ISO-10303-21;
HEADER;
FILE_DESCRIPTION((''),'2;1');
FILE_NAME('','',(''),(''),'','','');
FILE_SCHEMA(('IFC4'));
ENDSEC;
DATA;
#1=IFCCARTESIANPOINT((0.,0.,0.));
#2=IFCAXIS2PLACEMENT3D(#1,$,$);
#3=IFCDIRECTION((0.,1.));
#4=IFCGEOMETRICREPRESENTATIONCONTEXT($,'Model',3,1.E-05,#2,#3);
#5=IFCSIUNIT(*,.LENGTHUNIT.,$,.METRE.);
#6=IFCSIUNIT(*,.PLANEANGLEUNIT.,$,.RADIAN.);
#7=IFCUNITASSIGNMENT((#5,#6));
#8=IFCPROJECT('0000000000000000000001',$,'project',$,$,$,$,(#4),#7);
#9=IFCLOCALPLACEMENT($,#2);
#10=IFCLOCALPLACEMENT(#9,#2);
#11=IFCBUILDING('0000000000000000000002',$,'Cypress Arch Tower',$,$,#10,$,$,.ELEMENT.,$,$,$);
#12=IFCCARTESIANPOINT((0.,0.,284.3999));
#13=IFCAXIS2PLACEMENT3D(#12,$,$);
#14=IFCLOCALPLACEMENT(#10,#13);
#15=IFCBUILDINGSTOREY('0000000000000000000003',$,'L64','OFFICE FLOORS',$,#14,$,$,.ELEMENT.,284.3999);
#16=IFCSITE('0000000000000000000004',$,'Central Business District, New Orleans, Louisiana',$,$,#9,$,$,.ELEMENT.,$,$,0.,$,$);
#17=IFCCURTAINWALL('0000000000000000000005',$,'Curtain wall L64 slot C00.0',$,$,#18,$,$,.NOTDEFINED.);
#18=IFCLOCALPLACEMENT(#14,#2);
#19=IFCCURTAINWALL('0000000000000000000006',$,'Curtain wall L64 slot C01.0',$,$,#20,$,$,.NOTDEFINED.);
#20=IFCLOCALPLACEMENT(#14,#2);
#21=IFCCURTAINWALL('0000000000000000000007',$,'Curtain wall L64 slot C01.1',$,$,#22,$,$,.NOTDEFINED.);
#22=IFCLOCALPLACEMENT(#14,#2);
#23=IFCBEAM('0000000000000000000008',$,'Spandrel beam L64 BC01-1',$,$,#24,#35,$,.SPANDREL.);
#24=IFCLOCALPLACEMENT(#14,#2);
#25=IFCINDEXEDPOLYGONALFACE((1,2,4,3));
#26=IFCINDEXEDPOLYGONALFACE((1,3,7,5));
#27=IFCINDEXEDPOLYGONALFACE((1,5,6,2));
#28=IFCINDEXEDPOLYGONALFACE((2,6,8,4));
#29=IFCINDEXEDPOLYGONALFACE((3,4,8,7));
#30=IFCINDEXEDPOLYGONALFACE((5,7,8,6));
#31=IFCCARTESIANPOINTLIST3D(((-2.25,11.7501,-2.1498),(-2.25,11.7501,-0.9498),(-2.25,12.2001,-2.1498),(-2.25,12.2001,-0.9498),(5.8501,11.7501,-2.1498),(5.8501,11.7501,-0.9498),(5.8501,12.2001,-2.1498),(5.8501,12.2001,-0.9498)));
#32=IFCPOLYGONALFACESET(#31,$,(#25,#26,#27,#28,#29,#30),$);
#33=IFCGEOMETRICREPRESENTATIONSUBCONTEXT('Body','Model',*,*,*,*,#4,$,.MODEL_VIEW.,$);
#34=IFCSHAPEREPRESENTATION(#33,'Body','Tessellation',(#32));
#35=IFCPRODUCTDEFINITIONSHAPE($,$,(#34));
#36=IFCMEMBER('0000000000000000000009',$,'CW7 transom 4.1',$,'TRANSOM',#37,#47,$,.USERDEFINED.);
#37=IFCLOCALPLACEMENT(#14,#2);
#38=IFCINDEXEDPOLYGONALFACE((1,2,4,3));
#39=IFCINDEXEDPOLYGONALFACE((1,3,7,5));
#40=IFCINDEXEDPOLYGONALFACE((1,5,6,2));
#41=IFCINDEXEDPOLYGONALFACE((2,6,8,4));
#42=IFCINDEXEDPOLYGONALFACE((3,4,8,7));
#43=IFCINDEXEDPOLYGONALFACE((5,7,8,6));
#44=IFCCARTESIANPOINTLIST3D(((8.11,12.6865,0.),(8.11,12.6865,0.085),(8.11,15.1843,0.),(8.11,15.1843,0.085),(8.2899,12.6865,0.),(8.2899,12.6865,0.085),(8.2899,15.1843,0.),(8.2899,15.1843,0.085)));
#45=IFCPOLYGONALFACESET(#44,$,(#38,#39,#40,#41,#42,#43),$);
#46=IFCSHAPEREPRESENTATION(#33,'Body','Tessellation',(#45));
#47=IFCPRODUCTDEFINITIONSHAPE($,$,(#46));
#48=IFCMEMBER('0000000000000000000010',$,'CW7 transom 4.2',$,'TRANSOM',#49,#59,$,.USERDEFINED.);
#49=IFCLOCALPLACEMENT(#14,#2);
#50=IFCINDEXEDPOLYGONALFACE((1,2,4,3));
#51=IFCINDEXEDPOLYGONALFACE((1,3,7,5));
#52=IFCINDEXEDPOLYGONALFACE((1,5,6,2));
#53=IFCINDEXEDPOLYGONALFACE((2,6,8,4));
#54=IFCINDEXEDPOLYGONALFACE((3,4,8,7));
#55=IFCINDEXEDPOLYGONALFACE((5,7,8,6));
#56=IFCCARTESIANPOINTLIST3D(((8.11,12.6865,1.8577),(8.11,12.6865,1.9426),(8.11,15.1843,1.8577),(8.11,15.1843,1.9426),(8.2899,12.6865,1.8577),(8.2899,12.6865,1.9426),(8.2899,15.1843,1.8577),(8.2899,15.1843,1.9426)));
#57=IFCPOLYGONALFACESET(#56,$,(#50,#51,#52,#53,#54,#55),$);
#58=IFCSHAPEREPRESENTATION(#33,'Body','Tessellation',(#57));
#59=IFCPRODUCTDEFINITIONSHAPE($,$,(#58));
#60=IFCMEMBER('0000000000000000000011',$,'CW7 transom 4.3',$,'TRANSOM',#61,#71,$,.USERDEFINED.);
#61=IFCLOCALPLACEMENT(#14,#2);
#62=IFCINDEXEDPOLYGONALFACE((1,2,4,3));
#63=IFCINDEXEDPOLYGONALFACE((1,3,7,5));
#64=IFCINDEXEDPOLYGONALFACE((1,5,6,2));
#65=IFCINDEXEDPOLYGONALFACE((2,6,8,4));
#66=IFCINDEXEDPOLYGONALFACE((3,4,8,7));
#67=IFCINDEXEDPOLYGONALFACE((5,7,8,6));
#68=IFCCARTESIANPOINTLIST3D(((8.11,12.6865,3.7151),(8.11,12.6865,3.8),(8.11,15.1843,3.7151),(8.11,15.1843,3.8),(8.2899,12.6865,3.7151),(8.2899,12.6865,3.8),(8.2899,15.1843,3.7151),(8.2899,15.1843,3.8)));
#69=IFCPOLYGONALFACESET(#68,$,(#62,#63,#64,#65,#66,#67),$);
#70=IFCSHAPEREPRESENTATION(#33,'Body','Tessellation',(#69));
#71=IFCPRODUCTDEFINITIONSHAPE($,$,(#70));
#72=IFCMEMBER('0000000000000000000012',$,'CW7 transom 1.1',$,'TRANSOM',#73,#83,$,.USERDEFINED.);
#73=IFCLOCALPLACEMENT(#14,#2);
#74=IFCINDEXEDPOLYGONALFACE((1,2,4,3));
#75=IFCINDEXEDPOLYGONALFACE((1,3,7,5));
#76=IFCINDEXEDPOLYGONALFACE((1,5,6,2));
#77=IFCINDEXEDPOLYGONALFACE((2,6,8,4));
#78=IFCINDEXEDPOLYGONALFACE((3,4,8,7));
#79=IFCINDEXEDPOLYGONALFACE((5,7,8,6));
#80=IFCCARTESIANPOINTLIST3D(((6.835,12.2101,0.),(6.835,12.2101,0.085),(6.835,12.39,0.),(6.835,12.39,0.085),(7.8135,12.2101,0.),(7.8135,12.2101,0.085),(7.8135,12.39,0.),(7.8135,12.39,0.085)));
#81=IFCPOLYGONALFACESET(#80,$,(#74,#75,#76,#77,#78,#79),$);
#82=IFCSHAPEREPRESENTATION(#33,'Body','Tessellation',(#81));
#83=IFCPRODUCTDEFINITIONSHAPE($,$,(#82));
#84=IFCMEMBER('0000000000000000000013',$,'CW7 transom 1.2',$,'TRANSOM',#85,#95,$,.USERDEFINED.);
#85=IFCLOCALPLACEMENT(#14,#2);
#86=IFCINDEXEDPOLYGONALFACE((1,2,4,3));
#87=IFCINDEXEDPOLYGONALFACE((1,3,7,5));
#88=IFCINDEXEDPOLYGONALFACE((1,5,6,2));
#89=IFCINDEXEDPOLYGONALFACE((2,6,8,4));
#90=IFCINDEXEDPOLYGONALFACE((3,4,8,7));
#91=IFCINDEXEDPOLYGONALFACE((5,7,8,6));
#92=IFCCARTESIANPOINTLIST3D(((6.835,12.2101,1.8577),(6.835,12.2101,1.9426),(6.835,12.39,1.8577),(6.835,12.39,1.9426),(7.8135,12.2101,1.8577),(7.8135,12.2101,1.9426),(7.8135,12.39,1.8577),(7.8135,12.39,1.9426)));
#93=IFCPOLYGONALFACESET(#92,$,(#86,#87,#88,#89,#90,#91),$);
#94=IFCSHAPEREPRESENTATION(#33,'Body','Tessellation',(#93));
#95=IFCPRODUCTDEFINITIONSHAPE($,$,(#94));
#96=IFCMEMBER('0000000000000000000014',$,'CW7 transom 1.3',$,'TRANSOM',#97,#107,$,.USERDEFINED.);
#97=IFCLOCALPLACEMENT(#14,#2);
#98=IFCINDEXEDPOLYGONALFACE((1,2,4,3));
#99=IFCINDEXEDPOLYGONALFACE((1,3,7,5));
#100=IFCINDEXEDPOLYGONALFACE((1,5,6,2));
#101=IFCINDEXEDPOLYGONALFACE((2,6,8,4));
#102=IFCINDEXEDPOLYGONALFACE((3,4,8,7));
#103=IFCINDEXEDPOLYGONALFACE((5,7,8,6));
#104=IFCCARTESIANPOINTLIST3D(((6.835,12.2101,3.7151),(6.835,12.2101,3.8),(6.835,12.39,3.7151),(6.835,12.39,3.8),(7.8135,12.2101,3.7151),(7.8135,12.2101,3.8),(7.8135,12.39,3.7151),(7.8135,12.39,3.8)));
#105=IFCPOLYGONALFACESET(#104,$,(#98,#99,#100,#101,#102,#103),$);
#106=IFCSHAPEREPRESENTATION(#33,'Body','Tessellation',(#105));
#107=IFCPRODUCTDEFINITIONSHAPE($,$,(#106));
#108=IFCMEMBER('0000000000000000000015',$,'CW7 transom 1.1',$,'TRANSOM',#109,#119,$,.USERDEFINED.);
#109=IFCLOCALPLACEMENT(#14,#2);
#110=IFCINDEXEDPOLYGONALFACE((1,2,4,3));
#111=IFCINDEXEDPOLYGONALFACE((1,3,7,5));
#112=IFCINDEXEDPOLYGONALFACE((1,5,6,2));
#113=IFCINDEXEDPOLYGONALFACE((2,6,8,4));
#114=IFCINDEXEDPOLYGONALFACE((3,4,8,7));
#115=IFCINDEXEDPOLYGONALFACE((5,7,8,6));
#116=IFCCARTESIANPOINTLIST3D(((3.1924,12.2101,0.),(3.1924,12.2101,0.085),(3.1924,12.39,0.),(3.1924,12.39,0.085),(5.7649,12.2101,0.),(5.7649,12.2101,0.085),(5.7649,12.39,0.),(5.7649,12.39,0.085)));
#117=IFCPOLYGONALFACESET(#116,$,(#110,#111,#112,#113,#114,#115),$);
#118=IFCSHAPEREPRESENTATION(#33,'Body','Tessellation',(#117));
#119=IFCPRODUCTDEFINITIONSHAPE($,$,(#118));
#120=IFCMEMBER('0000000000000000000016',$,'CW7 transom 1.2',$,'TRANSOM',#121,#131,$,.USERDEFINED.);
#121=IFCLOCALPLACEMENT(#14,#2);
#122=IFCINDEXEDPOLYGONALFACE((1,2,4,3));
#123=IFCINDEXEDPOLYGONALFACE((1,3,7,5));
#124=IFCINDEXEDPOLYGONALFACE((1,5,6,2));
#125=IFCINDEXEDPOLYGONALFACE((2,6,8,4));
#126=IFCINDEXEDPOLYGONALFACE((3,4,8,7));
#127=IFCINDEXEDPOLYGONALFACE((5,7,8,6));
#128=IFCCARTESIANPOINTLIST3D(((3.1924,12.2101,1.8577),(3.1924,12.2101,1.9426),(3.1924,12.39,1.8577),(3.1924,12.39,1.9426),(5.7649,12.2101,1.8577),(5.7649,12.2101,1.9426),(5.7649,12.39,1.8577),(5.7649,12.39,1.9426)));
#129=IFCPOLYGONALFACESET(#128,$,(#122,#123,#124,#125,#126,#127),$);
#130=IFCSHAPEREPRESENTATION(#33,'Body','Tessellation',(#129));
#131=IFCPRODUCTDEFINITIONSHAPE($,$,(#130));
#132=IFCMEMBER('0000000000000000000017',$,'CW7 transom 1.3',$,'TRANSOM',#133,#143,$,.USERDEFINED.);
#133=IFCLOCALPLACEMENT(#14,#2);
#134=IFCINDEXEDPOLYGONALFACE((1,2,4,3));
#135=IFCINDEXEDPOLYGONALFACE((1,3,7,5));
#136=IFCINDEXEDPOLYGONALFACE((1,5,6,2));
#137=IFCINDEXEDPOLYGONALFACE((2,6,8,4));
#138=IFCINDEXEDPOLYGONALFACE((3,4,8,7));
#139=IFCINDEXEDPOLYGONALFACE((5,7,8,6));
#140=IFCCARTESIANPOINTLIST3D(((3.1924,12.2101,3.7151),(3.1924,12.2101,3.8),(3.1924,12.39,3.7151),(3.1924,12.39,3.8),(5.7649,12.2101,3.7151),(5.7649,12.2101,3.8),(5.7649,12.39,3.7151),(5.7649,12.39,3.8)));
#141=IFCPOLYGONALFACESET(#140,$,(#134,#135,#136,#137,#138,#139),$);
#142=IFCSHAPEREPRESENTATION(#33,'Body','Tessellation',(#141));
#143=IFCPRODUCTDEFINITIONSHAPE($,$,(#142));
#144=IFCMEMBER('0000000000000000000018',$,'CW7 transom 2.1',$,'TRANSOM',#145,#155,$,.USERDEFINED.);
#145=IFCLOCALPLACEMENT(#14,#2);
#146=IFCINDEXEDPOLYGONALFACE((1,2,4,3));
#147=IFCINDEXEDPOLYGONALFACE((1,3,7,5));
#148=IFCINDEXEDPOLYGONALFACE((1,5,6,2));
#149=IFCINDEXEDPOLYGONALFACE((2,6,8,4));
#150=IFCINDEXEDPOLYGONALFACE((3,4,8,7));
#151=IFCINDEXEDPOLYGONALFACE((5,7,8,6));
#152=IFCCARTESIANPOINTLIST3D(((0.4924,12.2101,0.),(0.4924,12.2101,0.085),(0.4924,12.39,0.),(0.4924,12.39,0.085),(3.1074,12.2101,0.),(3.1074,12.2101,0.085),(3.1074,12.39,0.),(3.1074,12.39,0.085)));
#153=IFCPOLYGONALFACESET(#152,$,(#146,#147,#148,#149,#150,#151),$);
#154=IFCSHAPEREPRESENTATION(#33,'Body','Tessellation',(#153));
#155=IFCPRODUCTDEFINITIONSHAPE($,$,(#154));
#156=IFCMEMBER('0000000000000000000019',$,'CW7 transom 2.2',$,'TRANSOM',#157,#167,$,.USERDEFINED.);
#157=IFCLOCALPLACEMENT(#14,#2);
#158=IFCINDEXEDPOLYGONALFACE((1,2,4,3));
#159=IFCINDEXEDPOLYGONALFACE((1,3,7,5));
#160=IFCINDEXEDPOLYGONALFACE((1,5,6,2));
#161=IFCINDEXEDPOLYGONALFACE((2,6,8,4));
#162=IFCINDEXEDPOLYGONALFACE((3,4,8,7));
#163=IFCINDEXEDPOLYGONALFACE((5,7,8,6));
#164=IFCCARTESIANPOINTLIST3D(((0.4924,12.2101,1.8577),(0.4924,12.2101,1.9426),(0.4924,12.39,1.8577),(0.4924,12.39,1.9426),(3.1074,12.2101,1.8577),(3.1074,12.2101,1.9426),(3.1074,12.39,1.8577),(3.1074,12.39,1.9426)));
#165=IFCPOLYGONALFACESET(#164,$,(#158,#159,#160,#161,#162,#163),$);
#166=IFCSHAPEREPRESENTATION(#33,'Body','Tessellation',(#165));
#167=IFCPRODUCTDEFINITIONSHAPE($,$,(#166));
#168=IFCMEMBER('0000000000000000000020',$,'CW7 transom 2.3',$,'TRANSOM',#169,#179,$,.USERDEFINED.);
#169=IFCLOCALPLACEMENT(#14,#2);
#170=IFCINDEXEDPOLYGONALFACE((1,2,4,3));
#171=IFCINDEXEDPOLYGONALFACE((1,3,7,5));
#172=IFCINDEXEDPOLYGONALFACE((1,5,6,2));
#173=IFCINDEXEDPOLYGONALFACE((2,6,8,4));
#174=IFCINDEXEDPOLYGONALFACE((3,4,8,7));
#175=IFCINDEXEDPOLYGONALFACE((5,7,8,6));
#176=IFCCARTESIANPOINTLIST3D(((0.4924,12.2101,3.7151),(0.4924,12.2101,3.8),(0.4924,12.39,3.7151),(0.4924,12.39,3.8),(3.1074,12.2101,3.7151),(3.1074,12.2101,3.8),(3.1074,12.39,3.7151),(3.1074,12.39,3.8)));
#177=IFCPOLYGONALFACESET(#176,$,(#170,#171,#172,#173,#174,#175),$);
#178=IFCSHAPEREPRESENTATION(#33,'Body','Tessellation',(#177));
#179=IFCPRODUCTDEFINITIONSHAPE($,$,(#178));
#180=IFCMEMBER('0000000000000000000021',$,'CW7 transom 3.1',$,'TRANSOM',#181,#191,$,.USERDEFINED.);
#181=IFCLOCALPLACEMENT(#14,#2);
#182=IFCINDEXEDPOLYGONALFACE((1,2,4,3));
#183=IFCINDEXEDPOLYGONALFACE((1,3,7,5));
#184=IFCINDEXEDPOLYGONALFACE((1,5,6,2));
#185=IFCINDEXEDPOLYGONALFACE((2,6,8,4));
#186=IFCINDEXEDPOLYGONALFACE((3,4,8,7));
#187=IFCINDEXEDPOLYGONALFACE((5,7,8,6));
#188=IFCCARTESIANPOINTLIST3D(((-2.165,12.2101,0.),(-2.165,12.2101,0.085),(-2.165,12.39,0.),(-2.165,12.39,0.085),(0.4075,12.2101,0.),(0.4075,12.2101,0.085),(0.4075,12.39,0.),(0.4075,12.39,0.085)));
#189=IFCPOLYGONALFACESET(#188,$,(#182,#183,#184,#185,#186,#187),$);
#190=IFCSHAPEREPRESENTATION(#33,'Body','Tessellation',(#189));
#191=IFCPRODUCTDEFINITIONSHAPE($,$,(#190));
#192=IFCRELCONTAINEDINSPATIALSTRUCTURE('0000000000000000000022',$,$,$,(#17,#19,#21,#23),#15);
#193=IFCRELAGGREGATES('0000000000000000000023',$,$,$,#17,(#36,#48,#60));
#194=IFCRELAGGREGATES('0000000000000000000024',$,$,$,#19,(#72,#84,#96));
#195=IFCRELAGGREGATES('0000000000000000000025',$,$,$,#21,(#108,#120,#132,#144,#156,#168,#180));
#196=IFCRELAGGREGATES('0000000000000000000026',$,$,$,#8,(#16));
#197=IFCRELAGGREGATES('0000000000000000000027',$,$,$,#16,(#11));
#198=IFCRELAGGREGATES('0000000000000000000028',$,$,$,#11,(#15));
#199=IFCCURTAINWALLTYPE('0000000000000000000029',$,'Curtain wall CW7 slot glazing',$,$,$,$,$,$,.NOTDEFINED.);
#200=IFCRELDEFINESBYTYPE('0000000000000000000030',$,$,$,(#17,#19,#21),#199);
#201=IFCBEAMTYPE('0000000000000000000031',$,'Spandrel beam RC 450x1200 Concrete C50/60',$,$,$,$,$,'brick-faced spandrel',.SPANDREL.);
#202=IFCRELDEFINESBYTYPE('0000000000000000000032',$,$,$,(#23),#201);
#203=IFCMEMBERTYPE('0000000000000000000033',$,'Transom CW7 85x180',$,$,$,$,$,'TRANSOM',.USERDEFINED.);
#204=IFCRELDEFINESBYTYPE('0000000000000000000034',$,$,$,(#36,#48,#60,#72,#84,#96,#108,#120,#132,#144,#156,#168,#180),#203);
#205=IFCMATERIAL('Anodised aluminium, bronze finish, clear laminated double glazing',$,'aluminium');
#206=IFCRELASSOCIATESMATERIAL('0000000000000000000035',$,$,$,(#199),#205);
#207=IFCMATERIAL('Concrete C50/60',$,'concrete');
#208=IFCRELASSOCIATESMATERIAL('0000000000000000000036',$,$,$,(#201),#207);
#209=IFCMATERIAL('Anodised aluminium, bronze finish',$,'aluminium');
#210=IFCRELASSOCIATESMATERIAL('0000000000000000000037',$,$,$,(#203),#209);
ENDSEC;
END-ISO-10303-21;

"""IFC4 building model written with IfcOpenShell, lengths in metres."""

from ifc_helpers import new_model, si_unit, direction, frame, origin, origin_2d, place, context, subcontext, project, spatial, rectangle, extrude, material, material_profile, profile_set, type_object, element, aggregate, save


model = new_model("IFC4")

# Units and contexts
model_context = context("Model", 3, precision=1e-05, world=origin(), true_north=direction((0.0, 1.0)))
body_context = subcontext(model_context, "Body", "Model", "MODEL_VIEW")
ifc_project = project(units=[si_unit("LENGTHUNIT", "METRE"), si_unit("PLANEANGLEUNIT", "RADIAN")], contexts=[model_context])

# Site, building, storey
site_placement = place(None, origin())
site = spatial("IfcSite", under=ifc_project, at=site_placement, Name="Central Business District, New Orleans, Louisiana", CompositionType="ELEMENT", RefElevation=0.0)
building_placement = place(site_placement, origin())
building = spatial("IfcBuilding", under=site, at=building_placement, Name="Cypress Arch Tower", CompositionType="ELEMENT")
storey_placement = place(building_placement, frame((0.0, 0.0, 284.3999)))
storey = spatial("IfcBuildingStorey", under=building, at=storey_placement, Name="L64", Description="OFFICE FLOORS", CompositionType="ELEMENT", Elevation=284.3999)

# Curtain walls
ifc_material_1 = material(Name="Anodised aluminium, bronze finish, clear laminated double glazing", Category="aluminium")
curtain_wall_type = type_object("IfcCurtainWallType", Name="Curtain wall CW7 slot glazing", PredefinedType="NOTDEFINED", material=ifc_material_1)
curtain_wall_1_placement = place(storey_placement, origin())
curtain_wall_1 = element("IfcCurtainWall", 1, at=curtain_wall_1_placement, inside=storey, type_object=curtain_wall_type, Name="Curtain wall L64 slot C00.0", PredefinedType="NOTDEFINED")
curtain_wall_2_placement = place(storey_placement, origin())
curtain_wall_2 = element("IfcCurtainWall", 2, at=curtain_wall_2_placement, inside=storey, type_object=curtain_wall_type, Name="Curtain wall L64 slot C01.0", PredefinedType="NOTDEFINED")
curtain_wall_3_placement = place(storey_placement, origin())
curtain_wall_3 = element("IfcCurtainWall", 3, at=curtain_wall_3_placement, inside=storey, type_object=curtain_wall_type, Name="Curtain wall L64 slot C01.1", PredefinedType="NOTDEFINED")

# Beam
ifc_material_2 = material(Name="Concrete C50/60", Category="concrete")
ifc_material_profile_1 = material_profile(ifc_material_2, rectangle(XDim=0.45, YDim=1.2, at=origin_2d()), Name="RC 450x1200")
ifc_profile_set_1 = profile_set([ifc_material_profile_1], Name="Concrete C50/60")
beam_type_1 = type_object("IfcBeamType", Name="Spandrel beam RC 450x1200 Concrete C50/60", ElementType="brick-faced spandrel", PredefinedType="SPANDREL", material=ifc_profile_set_1)
beam_1_placement = place(storey_placement, frame((5.8501, 11.9751, -1.5498), z_axis=(-1.0, 0.0, 0.0), x_axis=(0.0, -1.0, 0.0)))
element("IfcBeam", 4, at=beam_1_placement, inside=storey, type_object=beam_type_1, Name="Spandrel beam L64 BC01-1", PredefinedType="SPANDREL", context=body_context, shape_type="SweptSolid", body=[
    extrude(rectangle(XDim=0.45, YDim=1.2, at=origin_2d()), origin(), (0.0, 0.0, 1.0), 8.1001),
])

# Members
ifc_material_3 = material(Name="Anodised aluminium, bronze finish", Category="aluminium")
ifc_material_profile_2 = material_profile(ifc_material_3, rectangle(XDim=0.1799, YDim=0.085, at=origin_2d()), Name="Transom 85x180")
ifc_profile_set_2 = profile_set([ifc_material_profile_2], Name="Anodised aluminium, bronze finish")
member_type_1 = type_object("IfcMemberType", Name="Transom CW7 85x180", ElementType="TRANSOM", PredefinedType="USERDEFINED", material=ifc_profile_set_2)
member_1_placement = place(storey_placement, frame((8.2, 15.1843, 0.0425), z_axis=(0.0, -1.0, 0.0), x_axis=(1.0, 0.0, 0.0)))
member_1 = element("IfcMember", 5, at=member_1_placement, type_object=member_type_1, Name="CW7 transom 4.1", ObjectType="TRANSOM", PredefinedType="USERDEFINED", context=body_context, shape_type="SweptSolid", body=[
    extrude(rectangle(XDim=0.1799, YDim=0.085, at=origin_2d()), origin(), (0.0, 0.0, 1.0), 2.4978),
])
member_2_placement = place(storey_placement, frame((8.2, 15.1843, 1.9001), z_axis=(0.0, -1.0, 0.0), x_axis=(1.0, 0.0, 0.0)))
member_2 = element("IfcMember", 6, at=member_2_placement, type_object=member_type_1, Name="CW7 transom 4.2", ObjectType="TRANSOM", PredefinedType="USERDEFINED", context=body_context, shape_type="SweptSolid", body=[
    extrude(rectangle(XDim=0.1799, YDim=0.085, at=origin_2d()), origin(), (0.0, 0.0, 1.0), 2.4978),
])
member_3_placement = place(storey_placement, frame((8.2, 15.1843, 3.7576), z_axis=(0.0, -1.0, 0.0), x_axis=(1.0, 0.0, 0.0)))
member_3 = element("IfcMember", 7, at=member_3_placement, type_object=member_type_1, Name="CW7 transom 4.3", ObjectType="TRANSOM", PredefinedType="USERDEFINED", context=body_context, shape_type="SweptSolid", body=[
    extrude(rectangle(XDim=0.1799, YDim=0.085, at=origin_2d()), origin(), (0.0, 0.0, 1.0), 2.4978),
])
member_4_placement = place(storey_placement, frame((7.8135, 12.3, 0.0425), z_axis=(-1.0, 0.0, 0.0), x_axis=(0.0, -1.0, 0.0)))
member_4 = element("IfcMember", 8, at=member_4_placement, type_object=member_type_1, Name="CW7 transom 1.1", ObjectType="TRANSOM", PredefinedType="USERDEFINED", context=body_context, shape_type="SweptSolid", body=[
    extrude(rectangle(XDim=0.1799, YDim=0.085, at=origin_2d()), origin(), (0.0, 0.0, 1.0), 0.9785),
])
member_5_placement = place(storey_placement, frame((7.8135, 12.3, 1.9001), z_axis=(-1.0, 0.0, 0.0), x_axis=(0.0, -1.0, 0.0)))
member_5 = element("IfcMember", 9, at=member_5_placement, type_object=member_type_1, Name="CW7 transom 1.2", ObjectType="TRANSOM", PredefinedType="USERDEFINED", context=body_context, shape_type="SweptSolid", body=[
    extrude(rectangle(XDim=0.1799, YDim=0.085, at=origin_2d()), origin(), (0.0, 0.0, 1.0), 0.9785),
])
member_6_placement = place(storey_placement, frame((7.8135, 12.3, 3.7576), z_axis=(-1.0, 0.0, 0.0), x_axis=(0.0, -1.0, 0.0)))
member_6 = element("IfcMember", 10, at=member_6_placement, type_object=member_type_1, Name="CW7 transom 1.3", ObjectType="TRANSOM", PredefinedType="USERDEFINED", context=body_context, shape_type="SweptSolid", body=[
    extrude(rectangle(XDim=0.1799, YDim=0.085, at=origin_2d()), origin(), (0.0, 0.0, 1.0), 0.9785),
])
member_7_placement = place(storey_placement, frame((5.7649, 12.3, 0.0425), z_axis=(-1.0, 0.0, 0.0), x_axis=(0.0, -1.0, 0.0)))
member_7 = element("IfcMember", 11, at=member_7_placement, type_object=member_type_1, Name="CW7 transom 1.1", ObjectType="TRANSOM", PredefinedType="USERDEFINED", context=body_context, shape_type="SweptSolid", body=[
    extrude(rectangle(XDim=0.1799, YDim=0.085, at=origin_2d()), origin(), (0.0, 0.0, 1.0), 2.5725),
])
member_8_placement = place(storey_placement, frame((5.7649, 12.3, 1.9001), z_axis=(-1.0, 0.0, 0.0), x_axis=(0.0, -1.0, 0.0)))
member_8 = element("IfcMember", 12, at=member_8_placement, type_object=member_type_1, Name="CW7 transom 1.2", ObjectType="TRANSOM", PredefinedType="USERDEFINED", context=body_context, shape_type="SweptSolid", body=[
    extrude(rectangle(XDim=0.1799, YDim=0.085, at=origin_2d()), origin(), (0.0, 0.0, 1.0), 2.5725),
])
member_9_placement = place(storey_placement, frame((5.7649, 12.3, 3.7576), z_axis=(-1.0, 0.0, 0.0), x_axis=(0.0, -1.0, 0.0)))
member_9 = element("IfcMember", 13, at=member_9_placement, type_object=member_type_1, Name="CW7 transom 1.3", ObjectType="TRANSOM", PredefinedType="USERDEFINED", context=body_context, shape_type="SweptSolid", body=[
    extrude(rectangle(XDim=0.1799, YDim=0.085, at=origin_2d()), origin(), (0.0, 0.0, 1.0), 2.5725),
])
member_10_placement = place(storey_placement, frame((3.1074, 12.3, 0.0425), z_axis=(-1.0, 0.0, 0.0), x_axis=(0.0, -1.0, 0.0)))
member_10 = element("IfcMember", 14, at=member_10_placement, type_object=member_type_1, Name="CW7 transom 2.1", ObjectType="TRANSOM", PredefinedType="USERDEFINED", context=body_context, shape_type="SweptSolid", body=[
    extrude(rectangle(XDim=0.1799, YDim=0.085, at=origin_2d()), origin(), (0.0, 0.0, 1.0), 2.615),
])
member_11_placement = place(storey_placement, frame((3.1074, 12.3, 1.9001), z_axis=(-1.0, 0.0, 0.0), x_axis=(0.0, -1.0, 0.0)))
member_11 = element("IfcMember", 15, at=member_11_placement, type_object=member_type_1, Name="CW7 transom 2.2", ObjectType="TRANSOM", PredefinedType="USERDEFINED", context=body_context, shape_type="SweptSolid", body=[
    extrude(rectangle(XDim=0.1799, YDim=0.085, at=origin_2d()), origin(), (0.0, 0.0, 1.0), 2.615),
])
member_12_placement = place(storey_placement, frame((3.1074, 12.3, 3.7576), z_axis=(-1.0, 0.0, 0.0), x_axis=(0.0, -1.0, 0.0)))
member_12 = element("IfcMember", 16, at=member_12_placement, type_object=member_type_1, Name="CW7 transom 2.3", ObjectType="TRANSOM", PredefinedType="USERDEFINED", context=body_context, shape_type="SweptSolid", body=[
    extrude(rectangle(XDim=0.1799, YDim=0.085, at=origin_2d()), origin(), (0.0, 0.0, 1.0), 2.615),
])
member_13_placement = place(storey_placement, frame((0.4075, 12.3, 0.0425), z_axis=(-1.0, 0.0, 0.0), x_axis=(0.0, -1.0, 0.0)))
member_13 = element("IfcMember", 17, at=member_13_placement, type_object=member_type_1, Name="CW7 transom 3.1", ObjectType="TRANSOM", PredefinedType="USERDEFINED", context=body_context, shape_type="SweptSolid", body=[
    extrude(rectangle(XDim=0.1799, YDim=0.085, at=origin_2d()), origin(), (0.0, 0.0, 1.0), 2.5725),
])

aggregate(curtain_wall_1, [member_1, member_2, member_3])
aggregate(curtain_wall_2, [member_4, member_5, member_6])
aggregate(curtain_wall_3, [member_7, member_8, member_9, member_10, member_11, member_12, member_13])

save(model, "model.ifc")
